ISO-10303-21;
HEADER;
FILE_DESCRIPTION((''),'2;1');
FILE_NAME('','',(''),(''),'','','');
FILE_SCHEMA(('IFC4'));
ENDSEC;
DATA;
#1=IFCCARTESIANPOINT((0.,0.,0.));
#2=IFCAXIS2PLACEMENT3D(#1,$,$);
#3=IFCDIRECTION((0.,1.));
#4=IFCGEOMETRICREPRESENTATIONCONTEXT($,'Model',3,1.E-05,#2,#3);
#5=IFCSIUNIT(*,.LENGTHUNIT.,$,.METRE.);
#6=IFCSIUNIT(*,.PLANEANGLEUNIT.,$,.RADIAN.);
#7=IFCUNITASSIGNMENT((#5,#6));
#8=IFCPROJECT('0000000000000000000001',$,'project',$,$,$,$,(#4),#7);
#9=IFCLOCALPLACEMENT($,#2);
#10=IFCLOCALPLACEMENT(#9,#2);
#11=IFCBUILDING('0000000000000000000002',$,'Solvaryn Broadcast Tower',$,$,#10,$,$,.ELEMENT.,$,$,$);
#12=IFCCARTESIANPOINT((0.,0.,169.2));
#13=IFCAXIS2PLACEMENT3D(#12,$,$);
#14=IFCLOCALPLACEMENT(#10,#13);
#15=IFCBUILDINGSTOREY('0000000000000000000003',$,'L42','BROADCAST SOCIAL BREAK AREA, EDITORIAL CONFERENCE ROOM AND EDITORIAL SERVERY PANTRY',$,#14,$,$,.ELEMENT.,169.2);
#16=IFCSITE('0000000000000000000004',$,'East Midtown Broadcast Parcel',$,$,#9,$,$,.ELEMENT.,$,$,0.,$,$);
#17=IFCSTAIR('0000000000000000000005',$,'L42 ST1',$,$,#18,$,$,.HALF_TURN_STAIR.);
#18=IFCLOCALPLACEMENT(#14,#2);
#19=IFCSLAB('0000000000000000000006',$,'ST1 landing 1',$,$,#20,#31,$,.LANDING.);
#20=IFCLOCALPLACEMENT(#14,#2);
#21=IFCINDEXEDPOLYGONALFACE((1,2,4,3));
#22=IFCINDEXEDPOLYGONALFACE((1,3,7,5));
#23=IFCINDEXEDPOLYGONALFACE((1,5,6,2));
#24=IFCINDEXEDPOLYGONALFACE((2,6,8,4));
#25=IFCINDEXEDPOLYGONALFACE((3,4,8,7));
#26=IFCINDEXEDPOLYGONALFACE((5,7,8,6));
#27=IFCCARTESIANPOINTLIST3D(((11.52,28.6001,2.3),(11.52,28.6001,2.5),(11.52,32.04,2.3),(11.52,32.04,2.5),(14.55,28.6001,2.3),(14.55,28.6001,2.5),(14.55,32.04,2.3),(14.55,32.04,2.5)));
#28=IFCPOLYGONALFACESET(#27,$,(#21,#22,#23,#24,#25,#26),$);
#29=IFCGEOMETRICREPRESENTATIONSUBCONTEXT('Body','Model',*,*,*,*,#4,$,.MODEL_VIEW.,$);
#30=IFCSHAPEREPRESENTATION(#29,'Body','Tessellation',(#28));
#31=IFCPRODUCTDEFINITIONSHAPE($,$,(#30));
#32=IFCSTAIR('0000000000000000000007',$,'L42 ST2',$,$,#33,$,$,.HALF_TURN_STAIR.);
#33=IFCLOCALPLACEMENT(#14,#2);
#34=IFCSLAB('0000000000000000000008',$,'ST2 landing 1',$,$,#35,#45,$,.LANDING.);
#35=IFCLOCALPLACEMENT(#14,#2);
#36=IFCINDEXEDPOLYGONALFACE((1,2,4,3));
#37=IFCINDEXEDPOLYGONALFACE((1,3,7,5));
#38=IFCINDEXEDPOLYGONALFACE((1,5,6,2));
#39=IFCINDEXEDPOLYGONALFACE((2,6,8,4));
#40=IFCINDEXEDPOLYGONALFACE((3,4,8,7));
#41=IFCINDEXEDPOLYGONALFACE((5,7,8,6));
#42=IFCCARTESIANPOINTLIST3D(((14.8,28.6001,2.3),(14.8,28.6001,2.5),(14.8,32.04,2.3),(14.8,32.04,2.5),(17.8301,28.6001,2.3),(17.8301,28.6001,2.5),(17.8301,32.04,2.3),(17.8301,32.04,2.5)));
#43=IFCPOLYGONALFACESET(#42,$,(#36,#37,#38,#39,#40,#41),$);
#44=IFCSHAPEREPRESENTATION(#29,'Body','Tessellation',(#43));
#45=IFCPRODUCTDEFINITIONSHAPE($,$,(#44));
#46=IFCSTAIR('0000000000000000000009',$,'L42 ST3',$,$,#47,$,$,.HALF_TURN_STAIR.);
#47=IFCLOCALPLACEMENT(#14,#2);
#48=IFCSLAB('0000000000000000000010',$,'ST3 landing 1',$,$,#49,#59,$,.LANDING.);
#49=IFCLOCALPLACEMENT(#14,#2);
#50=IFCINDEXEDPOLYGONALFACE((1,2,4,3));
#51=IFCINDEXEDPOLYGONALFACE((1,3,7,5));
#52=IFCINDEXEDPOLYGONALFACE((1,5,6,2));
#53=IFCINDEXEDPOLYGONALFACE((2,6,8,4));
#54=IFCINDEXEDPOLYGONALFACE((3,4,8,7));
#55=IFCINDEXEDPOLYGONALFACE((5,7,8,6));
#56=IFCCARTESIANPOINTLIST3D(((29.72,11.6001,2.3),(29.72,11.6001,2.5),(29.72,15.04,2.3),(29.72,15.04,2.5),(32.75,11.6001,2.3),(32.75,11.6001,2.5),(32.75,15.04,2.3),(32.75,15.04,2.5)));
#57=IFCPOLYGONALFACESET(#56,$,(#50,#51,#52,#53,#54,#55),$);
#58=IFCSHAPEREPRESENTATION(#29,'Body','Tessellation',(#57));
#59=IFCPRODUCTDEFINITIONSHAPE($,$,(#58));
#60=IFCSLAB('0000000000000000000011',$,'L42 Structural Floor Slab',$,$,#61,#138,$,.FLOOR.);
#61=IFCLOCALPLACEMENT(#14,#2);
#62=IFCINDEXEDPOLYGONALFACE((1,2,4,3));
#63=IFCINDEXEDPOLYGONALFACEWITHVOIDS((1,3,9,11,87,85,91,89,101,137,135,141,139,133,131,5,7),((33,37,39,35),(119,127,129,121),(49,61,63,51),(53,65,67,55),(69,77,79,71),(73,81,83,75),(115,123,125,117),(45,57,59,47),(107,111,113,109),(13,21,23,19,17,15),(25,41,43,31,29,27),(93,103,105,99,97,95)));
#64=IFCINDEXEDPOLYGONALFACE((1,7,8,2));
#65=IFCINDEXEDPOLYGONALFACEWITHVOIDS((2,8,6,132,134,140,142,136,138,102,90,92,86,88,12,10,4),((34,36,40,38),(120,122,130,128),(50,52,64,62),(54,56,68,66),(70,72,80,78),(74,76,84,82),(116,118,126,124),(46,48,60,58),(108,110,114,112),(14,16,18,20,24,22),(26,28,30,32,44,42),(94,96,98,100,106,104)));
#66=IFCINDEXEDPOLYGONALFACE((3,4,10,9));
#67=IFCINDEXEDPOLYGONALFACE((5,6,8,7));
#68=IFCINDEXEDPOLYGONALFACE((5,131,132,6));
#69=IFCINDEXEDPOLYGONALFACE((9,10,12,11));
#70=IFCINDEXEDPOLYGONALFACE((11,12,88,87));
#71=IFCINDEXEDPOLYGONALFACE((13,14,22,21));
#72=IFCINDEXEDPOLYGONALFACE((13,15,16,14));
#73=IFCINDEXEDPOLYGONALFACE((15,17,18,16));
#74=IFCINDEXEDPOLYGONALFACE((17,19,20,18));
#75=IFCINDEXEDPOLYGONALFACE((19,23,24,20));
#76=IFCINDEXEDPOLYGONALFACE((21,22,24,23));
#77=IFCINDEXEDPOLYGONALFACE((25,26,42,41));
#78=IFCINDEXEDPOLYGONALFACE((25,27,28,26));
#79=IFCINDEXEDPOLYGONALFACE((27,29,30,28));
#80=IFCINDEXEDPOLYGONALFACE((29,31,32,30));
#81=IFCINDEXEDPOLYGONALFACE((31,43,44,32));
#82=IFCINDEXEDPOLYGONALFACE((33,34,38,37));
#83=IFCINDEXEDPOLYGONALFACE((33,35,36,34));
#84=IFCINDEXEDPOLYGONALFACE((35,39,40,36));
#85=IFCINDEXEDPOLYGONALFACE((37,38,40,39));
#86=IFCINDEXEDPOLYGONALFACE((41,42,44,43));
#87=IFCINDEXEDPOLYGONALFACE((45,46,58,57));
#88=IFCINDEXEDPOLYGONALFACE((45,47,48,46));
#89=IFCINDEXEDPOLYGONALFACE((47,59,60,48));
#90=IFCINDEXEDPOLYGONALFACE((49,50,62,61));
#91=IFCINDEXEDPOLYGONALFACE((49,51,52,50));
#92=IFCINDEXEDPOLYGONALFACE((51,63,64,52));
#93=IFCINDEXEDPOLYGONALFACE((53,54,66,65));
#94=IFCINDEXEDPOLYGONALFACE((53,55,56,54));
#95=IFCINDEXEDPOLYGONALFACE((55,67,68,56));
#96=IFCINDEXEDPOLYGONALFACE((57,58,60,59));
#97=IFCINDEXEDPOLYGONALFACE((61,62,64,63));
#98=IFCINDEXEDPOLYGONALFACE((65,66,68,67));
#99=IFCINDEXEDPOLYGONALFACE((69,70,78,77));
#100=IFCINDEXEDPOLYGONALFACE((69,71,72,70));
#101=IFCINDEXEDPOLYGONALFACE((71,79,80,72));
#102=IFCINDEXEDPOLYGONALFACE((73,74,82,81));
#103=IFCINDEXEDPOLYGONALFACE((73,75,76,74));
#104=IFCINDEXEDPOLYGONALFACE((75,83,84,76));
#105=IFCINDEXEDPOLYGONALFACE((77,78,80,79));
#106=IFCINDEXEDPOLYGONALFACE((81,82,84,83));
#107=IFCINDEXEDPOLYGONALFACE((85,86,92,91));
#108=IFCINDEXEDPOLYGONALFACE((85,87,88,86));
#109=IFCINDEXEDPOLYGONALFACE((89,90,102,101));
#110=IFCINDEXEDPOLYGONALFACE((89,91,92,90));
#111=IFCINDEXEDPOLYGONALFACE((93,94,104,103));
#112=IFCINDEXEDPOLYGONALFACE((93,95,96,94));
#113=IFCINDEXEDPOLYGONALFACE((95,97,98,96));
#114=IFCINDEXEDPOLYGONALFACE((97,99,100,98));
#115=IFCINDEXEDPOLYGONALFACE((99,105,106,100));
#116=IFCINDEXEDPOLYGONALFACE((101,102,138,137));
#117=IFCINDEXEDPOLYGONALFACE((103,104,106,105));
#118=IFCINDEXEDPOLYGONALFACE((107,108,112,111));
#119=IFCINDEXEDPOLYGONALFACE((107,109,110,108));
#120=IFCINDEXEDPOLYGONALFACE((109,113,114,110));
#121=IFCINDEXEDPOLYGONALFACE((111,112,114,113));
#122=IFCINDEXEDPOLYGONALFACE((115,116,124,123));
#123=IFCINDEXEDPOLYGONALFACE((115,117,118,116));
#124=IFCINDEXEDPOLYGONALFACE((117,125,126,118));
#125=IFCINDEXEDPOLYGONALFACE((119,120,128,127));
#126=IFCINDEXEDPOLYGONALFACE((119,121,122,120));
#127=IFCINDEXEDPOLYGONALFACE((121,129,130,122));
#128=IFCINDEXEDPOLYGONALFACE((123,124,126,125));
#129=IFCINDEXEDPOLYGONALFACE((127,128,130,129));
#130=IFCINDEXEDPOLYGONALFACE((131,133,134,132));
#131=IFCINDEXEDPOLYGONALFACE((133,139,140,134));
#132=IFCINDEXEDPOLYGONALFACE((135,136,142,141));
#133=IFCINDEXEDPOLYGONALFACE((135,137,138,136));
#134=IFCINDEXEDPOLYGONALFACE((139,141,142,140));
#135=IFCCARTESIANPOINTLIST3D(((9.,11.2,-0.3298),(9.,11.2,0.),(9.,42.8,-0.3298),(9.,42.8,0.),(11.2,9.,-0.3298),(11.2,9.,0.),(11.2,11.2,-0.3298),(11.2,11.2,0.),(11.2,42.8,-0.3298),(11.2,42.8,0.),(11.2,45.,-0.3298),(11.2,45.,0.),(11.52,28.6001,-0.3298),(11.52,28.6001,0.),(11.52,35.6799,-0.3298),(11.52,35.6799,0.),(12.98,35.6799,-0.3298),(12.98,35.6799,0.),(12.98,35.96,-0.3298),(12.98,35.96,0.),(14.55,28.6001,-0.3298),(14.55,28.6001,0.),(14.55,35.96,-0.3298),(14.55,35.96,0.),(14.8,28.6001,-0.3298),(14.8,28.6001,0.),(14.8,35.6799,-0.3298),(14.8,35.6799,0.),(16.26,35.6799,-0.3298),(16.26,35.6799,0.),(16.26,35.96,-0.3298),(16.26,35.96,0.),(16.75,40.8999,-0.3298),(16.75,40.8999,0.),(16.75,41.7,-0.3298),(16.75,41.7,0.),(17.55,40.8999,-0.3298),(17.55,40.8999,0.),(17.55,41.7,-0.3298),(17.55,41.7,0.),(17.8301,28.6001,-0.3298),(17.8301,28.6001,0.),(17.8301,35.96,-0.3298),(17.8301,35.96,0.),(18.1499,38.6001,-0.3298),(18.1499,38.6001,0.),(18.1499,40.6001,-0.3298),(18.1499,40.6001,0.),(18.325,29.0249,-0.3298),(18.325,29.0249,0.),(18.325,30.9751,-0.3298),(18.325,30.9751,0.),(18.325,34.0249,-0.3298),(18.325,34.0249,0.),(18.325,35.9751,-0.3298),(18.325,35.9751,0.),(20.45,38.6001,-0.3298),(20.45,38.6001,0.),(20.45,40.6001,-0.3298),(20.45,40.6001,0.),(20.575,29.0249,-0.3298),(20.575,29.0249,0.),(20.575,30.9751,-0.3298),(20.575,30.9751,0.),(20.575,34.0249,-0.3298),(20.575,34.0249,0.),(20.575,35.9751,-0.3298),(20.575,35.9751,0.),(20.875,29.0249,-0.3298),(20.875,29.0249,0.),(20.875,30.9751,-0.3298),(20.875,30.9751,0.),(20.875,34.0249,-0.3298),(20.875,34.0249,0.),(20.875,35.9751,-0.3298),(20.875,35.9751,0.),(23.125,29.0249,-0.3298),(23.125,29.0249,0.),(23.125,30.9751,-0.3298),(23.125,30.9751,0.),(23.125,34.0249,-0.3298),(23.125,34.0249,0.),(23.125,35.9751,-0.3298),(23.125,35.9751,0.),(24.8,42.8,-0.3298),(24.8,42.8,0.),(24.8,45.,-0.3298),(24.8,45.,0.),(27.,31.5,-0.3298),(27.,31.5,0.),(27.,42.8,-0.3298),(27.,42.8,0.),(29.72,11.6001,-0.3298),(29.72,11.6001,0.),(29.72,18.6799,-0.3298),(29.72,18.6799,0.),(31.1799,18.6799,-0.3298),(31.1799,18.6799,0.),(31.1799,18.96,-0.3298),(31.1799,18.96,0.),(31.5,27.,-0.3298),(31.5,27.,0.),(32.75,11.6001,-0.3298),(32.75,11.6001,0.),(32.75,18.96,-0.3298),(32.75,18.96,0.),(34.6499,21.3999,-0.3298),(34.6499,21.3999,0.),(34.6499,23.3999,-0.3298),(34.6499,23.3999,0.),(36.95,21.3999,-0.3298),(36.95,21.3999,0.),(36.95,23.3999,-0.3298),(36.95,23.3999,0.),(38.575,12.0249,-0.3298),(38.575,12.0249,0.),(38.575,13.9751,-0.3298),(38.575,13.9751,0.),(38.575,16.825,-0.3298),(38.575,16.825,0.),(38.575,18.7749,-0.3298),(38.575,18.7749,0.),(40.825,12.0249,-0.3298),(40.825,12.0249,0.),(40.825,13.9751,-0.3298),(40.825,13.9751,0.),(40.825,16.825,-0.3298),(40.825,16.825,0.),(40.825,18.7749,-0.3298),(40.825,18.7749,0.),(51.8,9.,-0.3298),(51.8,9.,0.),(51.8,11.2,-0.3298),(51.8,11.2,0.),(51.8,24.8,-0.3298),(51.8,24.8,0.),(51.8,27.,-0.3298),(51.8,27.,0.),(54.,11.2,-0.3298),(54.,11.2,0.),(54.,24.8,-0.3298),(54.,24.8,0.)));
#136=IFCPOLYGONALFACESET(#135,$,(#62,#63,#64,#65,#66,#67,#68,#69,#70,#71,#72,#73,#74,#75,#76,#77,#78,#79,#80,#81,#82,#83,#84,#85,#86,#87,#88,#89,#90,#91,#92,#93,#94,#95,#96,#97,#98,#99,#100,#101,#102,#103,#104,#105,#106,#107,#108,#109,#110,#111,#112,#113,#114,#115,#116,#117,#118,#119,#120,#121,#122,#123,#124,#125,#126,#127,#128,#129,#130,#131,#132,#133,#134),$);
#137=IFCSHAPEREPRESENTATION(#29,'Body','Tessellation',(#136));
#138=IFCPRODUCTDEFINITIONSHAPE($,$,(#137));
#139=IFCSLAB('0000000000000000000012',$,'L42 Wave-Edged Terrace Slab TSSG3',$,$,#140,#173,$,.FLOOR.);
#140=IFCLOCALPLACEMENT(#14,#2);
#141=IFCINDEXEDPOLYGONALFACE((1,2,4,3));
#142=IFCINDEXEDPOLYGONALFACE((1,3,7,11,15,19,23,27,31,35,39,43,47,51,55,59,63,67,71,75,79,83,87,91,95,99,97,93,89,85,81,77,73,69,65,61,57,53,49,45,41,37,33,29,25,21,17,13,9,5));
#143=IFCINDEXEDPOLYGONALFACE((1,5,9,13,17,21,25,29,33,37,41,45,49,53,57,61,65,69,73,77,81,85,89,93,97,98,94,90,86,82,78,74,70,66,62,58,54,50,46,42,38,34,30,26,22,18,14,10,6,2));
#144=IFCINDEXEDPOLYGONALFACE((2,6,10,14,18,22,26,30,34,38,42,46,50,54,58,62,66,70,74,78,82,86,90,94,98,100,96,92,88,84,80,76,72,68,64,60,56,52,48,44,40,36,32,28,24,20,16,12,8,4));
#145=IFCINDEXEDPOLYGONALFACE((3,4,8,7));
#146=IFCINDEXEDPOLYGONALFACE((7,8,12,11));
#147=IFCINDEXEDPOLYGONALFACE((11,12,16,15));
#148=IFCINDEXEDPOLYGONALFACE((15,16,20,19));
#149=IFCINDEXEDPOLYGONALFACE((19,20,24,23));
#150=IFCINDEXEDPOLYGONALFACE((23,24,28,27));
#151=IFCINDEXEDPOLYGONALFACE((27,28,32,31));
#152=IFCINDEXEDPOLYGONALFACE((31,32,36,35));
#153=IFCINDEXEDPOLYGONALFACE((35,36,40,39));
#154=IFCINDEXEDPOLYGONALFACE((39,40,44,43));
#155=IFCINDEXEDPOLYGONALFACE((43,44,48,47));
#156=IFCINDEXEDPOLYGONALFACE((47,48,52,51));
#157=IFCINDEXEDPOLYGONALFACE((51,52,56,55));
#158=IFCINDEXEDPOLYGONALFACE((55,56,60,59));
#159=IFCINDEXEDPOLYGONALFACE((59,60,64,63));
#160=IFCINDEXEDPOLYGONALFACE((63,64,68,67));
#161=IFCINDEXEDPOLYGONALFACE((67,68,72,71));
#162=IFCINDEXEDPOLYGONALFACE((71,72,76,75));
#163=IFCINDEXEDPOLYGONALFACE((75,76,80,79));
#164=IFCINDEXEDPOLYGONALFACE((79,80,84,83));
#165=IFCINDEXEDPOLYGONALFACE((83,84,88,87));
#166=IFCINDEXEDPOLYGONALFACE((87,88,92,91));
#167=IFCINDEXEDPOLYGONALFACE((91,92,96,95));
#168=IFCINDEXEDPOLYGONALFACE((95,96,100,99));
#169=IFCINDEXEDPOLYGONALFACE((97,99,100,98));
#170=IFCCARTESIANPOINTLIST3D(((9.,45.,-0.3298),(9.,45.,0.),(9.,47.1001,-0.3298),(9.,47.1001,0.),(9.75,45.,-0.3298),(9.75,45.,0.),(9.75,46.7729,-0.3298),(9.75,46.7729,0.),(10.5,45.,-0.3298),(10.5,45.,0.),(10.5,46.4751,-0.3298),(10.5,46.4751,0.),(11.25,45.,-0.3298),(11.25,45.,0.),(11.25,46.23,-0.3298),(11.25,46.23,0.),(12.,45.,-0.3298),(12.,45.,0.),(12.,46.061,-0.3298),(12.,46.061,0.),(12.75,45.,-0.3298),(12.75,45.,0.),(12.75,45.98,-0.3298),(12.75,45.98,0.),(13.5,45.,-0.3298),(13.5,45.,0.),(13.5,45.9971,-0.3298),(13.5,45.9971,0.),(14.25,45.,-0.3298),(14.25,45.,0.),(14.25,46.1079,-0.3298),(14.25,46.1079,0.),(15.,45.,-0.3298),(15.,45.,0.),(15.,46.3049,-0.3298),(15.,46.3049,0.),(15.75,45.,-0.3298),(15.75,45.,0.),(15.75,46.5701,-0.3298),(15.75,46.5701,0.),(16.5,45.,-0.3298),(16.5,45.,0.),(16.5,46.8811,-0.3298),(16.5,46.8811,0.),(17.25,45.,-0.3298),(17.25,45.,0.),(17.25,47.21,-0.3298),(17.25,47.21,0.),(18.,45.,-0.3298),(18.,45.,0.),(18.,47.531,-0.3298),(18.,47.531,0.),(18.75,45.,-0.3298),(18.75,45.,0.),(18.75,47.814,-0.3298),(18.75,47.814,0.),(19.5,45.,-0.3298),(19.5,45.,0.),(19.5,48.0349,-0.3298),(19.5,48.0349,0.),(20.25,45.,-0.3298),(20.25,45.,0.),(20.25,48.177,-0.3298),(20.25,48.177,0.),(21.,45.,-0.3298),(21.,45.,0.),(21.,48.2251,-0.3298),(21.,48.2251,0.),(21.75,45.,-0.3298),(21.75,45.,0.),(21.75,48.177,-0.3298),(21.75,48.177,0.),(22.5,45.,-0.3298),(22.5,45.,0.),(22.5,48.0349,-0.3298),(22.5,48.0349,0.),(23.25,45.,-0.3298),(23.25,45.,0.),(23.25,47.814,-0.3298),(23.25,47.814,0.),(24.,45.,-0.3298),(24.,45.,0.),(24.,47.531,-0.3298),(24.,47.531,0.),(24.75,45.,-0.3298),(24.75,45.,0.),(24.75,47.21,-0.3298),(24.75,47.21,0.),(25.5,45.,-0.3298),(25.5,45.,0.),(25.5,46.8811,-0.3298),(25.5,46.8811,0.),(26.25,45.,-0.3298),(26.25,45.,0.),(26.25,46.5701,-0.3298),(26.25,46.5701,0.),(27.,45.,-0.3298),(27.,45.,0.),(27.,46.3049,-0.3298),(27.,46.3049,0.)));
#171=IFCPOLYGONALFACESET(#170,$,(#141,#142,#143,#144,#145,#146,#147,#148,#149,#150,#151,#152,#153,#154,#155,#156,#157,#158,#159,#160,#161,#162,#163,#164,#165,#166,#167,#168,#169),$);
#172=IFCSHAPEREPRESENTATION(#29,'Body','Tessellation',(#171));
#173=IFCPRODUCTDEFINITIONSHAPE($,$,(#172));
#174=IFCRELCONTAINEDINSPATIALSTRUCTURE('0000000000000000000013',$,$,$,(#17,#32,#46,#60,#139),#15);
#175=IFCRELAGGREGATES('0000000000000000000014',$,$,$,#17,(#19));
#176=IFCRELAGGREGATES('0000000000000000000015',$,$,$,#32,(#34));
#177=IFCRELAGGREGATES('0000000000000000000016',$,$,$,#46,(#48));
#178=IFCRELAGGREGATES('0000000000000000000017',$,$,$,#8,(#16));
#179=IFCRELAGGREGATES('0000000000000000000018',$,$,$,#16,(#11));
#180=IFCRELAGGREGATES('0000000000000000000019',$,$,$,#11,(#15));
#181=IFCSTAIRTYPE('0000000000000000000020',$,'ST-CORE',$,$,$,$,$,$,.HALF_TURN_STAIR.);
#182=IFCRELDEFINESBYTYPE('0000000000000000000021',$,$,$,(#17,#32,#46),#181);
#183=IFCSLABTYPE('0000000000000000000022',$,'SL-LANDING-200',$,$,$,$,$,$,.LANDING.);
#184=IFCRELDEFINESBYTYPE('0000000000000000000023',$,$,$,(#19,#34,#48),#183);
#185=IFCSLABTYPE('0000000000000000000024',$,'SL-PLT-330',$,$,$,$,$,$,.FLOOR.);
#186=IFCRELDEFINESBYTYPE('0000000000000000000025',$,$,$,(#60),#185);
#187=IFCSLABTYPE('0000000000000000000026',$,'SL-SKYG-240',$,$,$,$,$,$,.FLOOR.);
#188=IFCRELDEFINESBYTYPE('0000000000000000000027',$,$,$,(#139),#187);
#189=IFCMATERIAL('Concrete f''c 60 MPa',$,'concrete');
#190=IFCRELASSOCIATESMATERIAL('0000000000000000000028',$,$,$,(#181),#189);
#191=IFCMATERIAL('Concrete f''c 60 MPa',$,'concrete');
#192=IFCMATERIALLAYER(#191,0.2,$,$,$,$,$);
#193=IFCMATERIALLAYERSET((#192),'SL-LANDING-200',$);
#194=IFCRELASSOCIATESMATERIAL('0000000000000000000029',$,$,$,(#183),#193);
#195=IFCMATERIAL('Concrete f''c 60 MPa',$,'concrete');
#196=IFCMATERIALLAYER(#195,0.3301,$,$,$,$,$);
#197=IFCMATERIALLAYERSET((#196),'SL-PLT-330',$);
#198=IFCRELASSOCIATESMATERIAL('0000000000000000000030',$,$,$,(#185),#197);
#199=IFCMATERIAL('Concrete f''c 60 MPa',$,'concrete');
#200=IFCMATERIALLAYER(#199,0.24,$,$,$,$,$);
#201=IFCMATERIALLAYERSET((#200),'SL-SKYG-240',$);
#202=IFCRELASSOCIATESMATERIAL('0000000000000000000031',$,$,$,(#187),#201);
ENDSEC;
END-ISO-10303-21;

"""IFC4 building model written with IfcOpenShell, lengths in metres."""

from ifc_helpers import new_model, si_unit, direction, frame, origin, place, context, subcontext, project, spatial, polyline, outline, extrude, material, layer, layer_set, type_object, element, aggregate, save


model = new_model("IFC4")

# Units and contexts
model_context = context("Model", 3, precision=1e-05, world=origin(), true_north=direction((0.0, 1.0)))
body_context = subcontext(model_context, "Body", "Model", "MODEL_VIEW")
ifc_project = project(units=[si_unit("LENGTHUNIT", "METRE"), si_unit("PLANEANGLEUNIT", "RADIAN")], contexts=[model_context])

# Site, building, storey
site_placement = place(None, origin())
site = spatial("IfcSite", under=ifc_project, at=site_placement, Name="East Midtown Broadcast Parcel", CompositionType="ELEMENT", RefElevation=0.0)
building_placement = place(site_placement, origin())
building = spatial("IfcBuilding", under=site, at=building_placement, Name="Solvaryn Broadcast Tower", CompositionType="ELEMENT")
storey_placement = place(building_placement, frame((0.0, 0.0, 169.2)))
storey = spatial("IfcBuildingStorey", under=building, at=storey_placement, Name="L42", Description="BROADCAST SOCIAL BREAK AREA, EDITORIAL CONFERENCE ROOM AND EDITORIAL SERVERY PANTRY", CompositionType="ELEMENT", Elevation=169.2)

# Stairs, slabs
ifc_material_1 = material(Name="Concrete f'c 60 MPa", Category="concrete")
stair_type = type_object("IfcStairType", Name="ST-CORE", PredefinedType="HALF_TURN_STAIR", material=ifc_material_1)
stair_1_placement = place(storey_placement, origin())
stair_1 = element("IfcStair", 1, at=stair_1_placement, inside=storey, type_object=stair_type, Name="L42 ST1", PredefinedType="HALF_TURN_STAIR")
ifc_material_2 = material(Name="Concrete f'c 60 MPa", Category="concrete")
ifc_layer_1 = layer(ifc_material_2, 0.2)
ifc_layer_set_1 = layer_set([ifc_layer_1], Name="SL-LANDING-200")
slab_type_1 = type_object("IfcSlabType", Name="SL-LANDING-200", PredefinedType="LANDING", material=ifc_layer_set_1)
slab_1_placement = place(storey_placement, frame((0.0, 0.0, 2.3)))
slab_1 = element("IfcSlab", 2, at=slab_1_placement, type_object=slab_type_1, Name="ST1 landing 1", PredefinedType="LANDING", context=body_context, shape_type="SweptSolid", body=[
    extrude(outline(polyline([(11.52, 32.04), (11.52, 28.6001), (14.55, 28.6001), (14.55, 32.04), (11.52, 32.04)])), origin(), (0.0, 0.0, 1.0), 0.2),
])
aggregate(stair_1, [slab_1])
stair_2_placement = place(storey_placement, origin())
stair_2 = element("IfcStair", 3, at=stair_2_placement, inside=storey, type_object=stair_type, Name="L42 ST2", PredefinedType="HALF_TURN_STAIR")
slab_2_placement = place(storey_placement, frame((0.0, 0.0, 2.3)))
slab_2 = element("IfcSlab", 4, at=slab_2_placement, type_object=slab_type_1, Name="ST2 landing 1", PredefinedType="LANDING", context=body_context, shape_type="SweptSolid", body=[
    extrude(outline(polyline([(14.8, 32.04), (14.8, 28.6001), (17.8301, 28.6001), (17.8301, 32.04), (14.8, 32.04)])), origin(), (0.0, 0.0, 1.0), 0.2),
])
aggregate(stair_2, [slab_2])
stair_3_placement = place(storey_placement, origin())
stair_3 = element("IfcStair", 5, at=stair_3_placement, inside=storey, type_object=stair_type, Name="L42 ST3", PredefinedType="HALF_TURN_STAIR")
slab_3_placement = place(storey_placement, frame((0.0, 0.0, 2.3)))
slab_3 = element("IfcSlab", 6, at=slab_3_placement, type_object=slab_type_1, Name="ST3 landing 1", PredefinedType="LANDING", context=body_context, shape_type="SweptSolid", body=[
    extrude(outline(polyline([(29.72, 15.04), (29.72, 11.6001), (32.75, 11.6001), (32.75, 15.04), (29.72, 15.04)])), origin(), (0.0, 0.0, 1.0), 0.2),
])
aggregate(stair_3, [slab_3])

# Slabs
ifc_material_3 = material(Name="Concrete f'c 60 MPa", Category="concrete")
ifc_layer_2 = layer(ifc_material_3, 0.3301)
ifc_layer_set_2 = layer_set([ifc_layer_2], Name="SL-PLT-330")
slab_type_2 = type_object("IfcSlabType", Name="SL-PLT-330", PredefinedType="FLOOR", material=ifc_layer_set_2)
slab_4_placement = place(storey_placement, frame((0.0, 0.0, -0.3298)))
element("IfcSlab", 7, at=slab_4_placement, inside=storey, type_object=slab_type_2, Name="L42 Structural Floor Slab", PredefinedType="FLOOR", context=body_context, shape_type="SweptSolid", body=[
    extrude(outline(polyline([(11.2, 9.0), (51.8, 9.0), (51.8, 11.2), (54.0, 11.2), (54.0, 24.8), (51.8, 24.8), (51.8, 27.0), (31.5, 27.0), (27.0, 31.5), (27.0, 42.8), (24.8, 42.8), (24.8, 45.0), (11.2, 45.0), (11.2, 42.8), (9.0, 42.8), (9.0, 11.2), (11.2, 11.2), (11.2, 9.0)]), holes=[polyline([(11.52, 28.6001), (14.55, 28.6001), (14.55, 35.96), (12.98, 35.96), (12.98, 35.6799), (11.52, 35.6799), (11.52, 28.6001)]), polyline([(14.8, 28.6001), (17.8301, 28.6001), (17.8301, 35.96), (16.26, 35.96), (16.26, 35.6799), (14.8, 35.6799), (14.8, 28.6001)]), polyline([(29.72, 11.6001), (32.75, 11.6001), (32.75, 18.96), (31.1799, 18.96), (31.1799, 18.6799), (29.72, 18.6799), (29.72, 11.6001)]), polyline([(18.1499, 38.6001), (20.45, 38.6001), (20.45, 40.6001), (18.1499, 40.6001), (18.1499, 38.6001)]), polyline([(18.325, 29.0249), (20.575, 29.0249), (20.575, 30.9751), (18.325, 30.9751), (18.325, 29.0249)]), polyline([(20.875, 29.0249), (23.125, 29.0249), (23.125, 30.9751), (20.875, 30.9751), (20.875, 29.0249)]), polyline([(18.325, 34.0249), (20.575, 34.0249), (20.575, 35.9751), (18.325, 35.9751), (18.325, 34.0249)]), polyline([(20.875, 34.0249), (23.125, 34.0249), (23.125, 35.9751), (20.875, 35.9751), (20.875, 34.0249)]), polyline([(34.6499, 21.3999), (36.95, 21.3999), (36.95, 23.3999), (34.6499, 23.3999), (34.6499, 21.3999)]), polyline([(38.575, 12.0249), (40.825, 12.0249), (40.825, 13.9751), (38.575, 13.9751), (38.575, 12.0249)]), polyline([(38.575, 16.825), (40.825, 16.825), (40.825, 18.7749), (38.575, 18.7749), (38.575, 16.825)]), polyline([(16.75, 40.8999), (17.55, 40.8999), (17.55, 41.7), (16.75, 41.7), (16.75, 40.8999)])]), origin(), (0.0, 0.0, 1.0), 0.3298),
])
ifc_material_4 = material(Name="Concrete f'c 60 MPa", Category="concrete")
ifc_layer_3 = layer(ifc_material_4, 0.24)
ifc_layer_set_3 = layer_set([ifc_layer_3], Name="SL-SKYG-240")
slab_type_3 = type_object("IfcSlabType", Name="SL-SKYG-240", PredefinedType="FLOOR", material=ifc_layer_set_3)
slab_5_placement = place(storey_placement, frame((0.0, 0.0, -0.3298)))
element("IfcSlab", 8, at=slab_5_placement, inside=storey, type_object=slab_type_3, Name="L42 Wave-Edged Terrace Slab TSSG3", PredefinedType="FLOOR", context=body_context, shape_type="SweptSolid", body=[
    extrude(outline(polyline([(9.0, 45.0), (9.75, 45.0), (10.5, 45.0), (11.25, 45.0), (12.0, 45.0), (12.75, 45.0), (13.5, 45.0), (14.25, 45.0), (15.0, 45.0), (15.75, 45.0), (16.5, 45.0), (17.25, 45.0), (18.0, 45.0), (18.75, 45.0), (19.5, 45.0), (20.25, 45.0), (21.0, 45.0), (21.75, 45.0), (22.5, 45.0), (23.25, 45.0), (24.0, 45.0), (24.75, 45.0), (25.5, 45.0), (26.25, 45.0), (27.0, 45.0), (27.0, 46.3049), (26.25, 46.5701), (25.5, 46.8811), (24.75, 47.21), (24.0, 47.531), (23.25, 47.814), (22.5, 48.0349), (21.75, 48.177), (21.0, 48.2251), (20.25, 48.177), (19.5, 48.0349), (18.75, 47.814), (18.0, 47.531), (17.25, 47.21), (16.5, 46.8811), (15.75, 46.5701), (15.0, 46.3049), (14.25, 46.1079), (13.5, 45.9971), (12.75, 45.98), (12.0, 46.061), (11.25, 46.23), (10.5, 46.4751), (9.75, 46.7729), (9.0, 47.1001), (9.0, 45.0)])), origin(), (0.0, 0.0, 1.0), 0.3298),
])

save(model, "model.ifc")
